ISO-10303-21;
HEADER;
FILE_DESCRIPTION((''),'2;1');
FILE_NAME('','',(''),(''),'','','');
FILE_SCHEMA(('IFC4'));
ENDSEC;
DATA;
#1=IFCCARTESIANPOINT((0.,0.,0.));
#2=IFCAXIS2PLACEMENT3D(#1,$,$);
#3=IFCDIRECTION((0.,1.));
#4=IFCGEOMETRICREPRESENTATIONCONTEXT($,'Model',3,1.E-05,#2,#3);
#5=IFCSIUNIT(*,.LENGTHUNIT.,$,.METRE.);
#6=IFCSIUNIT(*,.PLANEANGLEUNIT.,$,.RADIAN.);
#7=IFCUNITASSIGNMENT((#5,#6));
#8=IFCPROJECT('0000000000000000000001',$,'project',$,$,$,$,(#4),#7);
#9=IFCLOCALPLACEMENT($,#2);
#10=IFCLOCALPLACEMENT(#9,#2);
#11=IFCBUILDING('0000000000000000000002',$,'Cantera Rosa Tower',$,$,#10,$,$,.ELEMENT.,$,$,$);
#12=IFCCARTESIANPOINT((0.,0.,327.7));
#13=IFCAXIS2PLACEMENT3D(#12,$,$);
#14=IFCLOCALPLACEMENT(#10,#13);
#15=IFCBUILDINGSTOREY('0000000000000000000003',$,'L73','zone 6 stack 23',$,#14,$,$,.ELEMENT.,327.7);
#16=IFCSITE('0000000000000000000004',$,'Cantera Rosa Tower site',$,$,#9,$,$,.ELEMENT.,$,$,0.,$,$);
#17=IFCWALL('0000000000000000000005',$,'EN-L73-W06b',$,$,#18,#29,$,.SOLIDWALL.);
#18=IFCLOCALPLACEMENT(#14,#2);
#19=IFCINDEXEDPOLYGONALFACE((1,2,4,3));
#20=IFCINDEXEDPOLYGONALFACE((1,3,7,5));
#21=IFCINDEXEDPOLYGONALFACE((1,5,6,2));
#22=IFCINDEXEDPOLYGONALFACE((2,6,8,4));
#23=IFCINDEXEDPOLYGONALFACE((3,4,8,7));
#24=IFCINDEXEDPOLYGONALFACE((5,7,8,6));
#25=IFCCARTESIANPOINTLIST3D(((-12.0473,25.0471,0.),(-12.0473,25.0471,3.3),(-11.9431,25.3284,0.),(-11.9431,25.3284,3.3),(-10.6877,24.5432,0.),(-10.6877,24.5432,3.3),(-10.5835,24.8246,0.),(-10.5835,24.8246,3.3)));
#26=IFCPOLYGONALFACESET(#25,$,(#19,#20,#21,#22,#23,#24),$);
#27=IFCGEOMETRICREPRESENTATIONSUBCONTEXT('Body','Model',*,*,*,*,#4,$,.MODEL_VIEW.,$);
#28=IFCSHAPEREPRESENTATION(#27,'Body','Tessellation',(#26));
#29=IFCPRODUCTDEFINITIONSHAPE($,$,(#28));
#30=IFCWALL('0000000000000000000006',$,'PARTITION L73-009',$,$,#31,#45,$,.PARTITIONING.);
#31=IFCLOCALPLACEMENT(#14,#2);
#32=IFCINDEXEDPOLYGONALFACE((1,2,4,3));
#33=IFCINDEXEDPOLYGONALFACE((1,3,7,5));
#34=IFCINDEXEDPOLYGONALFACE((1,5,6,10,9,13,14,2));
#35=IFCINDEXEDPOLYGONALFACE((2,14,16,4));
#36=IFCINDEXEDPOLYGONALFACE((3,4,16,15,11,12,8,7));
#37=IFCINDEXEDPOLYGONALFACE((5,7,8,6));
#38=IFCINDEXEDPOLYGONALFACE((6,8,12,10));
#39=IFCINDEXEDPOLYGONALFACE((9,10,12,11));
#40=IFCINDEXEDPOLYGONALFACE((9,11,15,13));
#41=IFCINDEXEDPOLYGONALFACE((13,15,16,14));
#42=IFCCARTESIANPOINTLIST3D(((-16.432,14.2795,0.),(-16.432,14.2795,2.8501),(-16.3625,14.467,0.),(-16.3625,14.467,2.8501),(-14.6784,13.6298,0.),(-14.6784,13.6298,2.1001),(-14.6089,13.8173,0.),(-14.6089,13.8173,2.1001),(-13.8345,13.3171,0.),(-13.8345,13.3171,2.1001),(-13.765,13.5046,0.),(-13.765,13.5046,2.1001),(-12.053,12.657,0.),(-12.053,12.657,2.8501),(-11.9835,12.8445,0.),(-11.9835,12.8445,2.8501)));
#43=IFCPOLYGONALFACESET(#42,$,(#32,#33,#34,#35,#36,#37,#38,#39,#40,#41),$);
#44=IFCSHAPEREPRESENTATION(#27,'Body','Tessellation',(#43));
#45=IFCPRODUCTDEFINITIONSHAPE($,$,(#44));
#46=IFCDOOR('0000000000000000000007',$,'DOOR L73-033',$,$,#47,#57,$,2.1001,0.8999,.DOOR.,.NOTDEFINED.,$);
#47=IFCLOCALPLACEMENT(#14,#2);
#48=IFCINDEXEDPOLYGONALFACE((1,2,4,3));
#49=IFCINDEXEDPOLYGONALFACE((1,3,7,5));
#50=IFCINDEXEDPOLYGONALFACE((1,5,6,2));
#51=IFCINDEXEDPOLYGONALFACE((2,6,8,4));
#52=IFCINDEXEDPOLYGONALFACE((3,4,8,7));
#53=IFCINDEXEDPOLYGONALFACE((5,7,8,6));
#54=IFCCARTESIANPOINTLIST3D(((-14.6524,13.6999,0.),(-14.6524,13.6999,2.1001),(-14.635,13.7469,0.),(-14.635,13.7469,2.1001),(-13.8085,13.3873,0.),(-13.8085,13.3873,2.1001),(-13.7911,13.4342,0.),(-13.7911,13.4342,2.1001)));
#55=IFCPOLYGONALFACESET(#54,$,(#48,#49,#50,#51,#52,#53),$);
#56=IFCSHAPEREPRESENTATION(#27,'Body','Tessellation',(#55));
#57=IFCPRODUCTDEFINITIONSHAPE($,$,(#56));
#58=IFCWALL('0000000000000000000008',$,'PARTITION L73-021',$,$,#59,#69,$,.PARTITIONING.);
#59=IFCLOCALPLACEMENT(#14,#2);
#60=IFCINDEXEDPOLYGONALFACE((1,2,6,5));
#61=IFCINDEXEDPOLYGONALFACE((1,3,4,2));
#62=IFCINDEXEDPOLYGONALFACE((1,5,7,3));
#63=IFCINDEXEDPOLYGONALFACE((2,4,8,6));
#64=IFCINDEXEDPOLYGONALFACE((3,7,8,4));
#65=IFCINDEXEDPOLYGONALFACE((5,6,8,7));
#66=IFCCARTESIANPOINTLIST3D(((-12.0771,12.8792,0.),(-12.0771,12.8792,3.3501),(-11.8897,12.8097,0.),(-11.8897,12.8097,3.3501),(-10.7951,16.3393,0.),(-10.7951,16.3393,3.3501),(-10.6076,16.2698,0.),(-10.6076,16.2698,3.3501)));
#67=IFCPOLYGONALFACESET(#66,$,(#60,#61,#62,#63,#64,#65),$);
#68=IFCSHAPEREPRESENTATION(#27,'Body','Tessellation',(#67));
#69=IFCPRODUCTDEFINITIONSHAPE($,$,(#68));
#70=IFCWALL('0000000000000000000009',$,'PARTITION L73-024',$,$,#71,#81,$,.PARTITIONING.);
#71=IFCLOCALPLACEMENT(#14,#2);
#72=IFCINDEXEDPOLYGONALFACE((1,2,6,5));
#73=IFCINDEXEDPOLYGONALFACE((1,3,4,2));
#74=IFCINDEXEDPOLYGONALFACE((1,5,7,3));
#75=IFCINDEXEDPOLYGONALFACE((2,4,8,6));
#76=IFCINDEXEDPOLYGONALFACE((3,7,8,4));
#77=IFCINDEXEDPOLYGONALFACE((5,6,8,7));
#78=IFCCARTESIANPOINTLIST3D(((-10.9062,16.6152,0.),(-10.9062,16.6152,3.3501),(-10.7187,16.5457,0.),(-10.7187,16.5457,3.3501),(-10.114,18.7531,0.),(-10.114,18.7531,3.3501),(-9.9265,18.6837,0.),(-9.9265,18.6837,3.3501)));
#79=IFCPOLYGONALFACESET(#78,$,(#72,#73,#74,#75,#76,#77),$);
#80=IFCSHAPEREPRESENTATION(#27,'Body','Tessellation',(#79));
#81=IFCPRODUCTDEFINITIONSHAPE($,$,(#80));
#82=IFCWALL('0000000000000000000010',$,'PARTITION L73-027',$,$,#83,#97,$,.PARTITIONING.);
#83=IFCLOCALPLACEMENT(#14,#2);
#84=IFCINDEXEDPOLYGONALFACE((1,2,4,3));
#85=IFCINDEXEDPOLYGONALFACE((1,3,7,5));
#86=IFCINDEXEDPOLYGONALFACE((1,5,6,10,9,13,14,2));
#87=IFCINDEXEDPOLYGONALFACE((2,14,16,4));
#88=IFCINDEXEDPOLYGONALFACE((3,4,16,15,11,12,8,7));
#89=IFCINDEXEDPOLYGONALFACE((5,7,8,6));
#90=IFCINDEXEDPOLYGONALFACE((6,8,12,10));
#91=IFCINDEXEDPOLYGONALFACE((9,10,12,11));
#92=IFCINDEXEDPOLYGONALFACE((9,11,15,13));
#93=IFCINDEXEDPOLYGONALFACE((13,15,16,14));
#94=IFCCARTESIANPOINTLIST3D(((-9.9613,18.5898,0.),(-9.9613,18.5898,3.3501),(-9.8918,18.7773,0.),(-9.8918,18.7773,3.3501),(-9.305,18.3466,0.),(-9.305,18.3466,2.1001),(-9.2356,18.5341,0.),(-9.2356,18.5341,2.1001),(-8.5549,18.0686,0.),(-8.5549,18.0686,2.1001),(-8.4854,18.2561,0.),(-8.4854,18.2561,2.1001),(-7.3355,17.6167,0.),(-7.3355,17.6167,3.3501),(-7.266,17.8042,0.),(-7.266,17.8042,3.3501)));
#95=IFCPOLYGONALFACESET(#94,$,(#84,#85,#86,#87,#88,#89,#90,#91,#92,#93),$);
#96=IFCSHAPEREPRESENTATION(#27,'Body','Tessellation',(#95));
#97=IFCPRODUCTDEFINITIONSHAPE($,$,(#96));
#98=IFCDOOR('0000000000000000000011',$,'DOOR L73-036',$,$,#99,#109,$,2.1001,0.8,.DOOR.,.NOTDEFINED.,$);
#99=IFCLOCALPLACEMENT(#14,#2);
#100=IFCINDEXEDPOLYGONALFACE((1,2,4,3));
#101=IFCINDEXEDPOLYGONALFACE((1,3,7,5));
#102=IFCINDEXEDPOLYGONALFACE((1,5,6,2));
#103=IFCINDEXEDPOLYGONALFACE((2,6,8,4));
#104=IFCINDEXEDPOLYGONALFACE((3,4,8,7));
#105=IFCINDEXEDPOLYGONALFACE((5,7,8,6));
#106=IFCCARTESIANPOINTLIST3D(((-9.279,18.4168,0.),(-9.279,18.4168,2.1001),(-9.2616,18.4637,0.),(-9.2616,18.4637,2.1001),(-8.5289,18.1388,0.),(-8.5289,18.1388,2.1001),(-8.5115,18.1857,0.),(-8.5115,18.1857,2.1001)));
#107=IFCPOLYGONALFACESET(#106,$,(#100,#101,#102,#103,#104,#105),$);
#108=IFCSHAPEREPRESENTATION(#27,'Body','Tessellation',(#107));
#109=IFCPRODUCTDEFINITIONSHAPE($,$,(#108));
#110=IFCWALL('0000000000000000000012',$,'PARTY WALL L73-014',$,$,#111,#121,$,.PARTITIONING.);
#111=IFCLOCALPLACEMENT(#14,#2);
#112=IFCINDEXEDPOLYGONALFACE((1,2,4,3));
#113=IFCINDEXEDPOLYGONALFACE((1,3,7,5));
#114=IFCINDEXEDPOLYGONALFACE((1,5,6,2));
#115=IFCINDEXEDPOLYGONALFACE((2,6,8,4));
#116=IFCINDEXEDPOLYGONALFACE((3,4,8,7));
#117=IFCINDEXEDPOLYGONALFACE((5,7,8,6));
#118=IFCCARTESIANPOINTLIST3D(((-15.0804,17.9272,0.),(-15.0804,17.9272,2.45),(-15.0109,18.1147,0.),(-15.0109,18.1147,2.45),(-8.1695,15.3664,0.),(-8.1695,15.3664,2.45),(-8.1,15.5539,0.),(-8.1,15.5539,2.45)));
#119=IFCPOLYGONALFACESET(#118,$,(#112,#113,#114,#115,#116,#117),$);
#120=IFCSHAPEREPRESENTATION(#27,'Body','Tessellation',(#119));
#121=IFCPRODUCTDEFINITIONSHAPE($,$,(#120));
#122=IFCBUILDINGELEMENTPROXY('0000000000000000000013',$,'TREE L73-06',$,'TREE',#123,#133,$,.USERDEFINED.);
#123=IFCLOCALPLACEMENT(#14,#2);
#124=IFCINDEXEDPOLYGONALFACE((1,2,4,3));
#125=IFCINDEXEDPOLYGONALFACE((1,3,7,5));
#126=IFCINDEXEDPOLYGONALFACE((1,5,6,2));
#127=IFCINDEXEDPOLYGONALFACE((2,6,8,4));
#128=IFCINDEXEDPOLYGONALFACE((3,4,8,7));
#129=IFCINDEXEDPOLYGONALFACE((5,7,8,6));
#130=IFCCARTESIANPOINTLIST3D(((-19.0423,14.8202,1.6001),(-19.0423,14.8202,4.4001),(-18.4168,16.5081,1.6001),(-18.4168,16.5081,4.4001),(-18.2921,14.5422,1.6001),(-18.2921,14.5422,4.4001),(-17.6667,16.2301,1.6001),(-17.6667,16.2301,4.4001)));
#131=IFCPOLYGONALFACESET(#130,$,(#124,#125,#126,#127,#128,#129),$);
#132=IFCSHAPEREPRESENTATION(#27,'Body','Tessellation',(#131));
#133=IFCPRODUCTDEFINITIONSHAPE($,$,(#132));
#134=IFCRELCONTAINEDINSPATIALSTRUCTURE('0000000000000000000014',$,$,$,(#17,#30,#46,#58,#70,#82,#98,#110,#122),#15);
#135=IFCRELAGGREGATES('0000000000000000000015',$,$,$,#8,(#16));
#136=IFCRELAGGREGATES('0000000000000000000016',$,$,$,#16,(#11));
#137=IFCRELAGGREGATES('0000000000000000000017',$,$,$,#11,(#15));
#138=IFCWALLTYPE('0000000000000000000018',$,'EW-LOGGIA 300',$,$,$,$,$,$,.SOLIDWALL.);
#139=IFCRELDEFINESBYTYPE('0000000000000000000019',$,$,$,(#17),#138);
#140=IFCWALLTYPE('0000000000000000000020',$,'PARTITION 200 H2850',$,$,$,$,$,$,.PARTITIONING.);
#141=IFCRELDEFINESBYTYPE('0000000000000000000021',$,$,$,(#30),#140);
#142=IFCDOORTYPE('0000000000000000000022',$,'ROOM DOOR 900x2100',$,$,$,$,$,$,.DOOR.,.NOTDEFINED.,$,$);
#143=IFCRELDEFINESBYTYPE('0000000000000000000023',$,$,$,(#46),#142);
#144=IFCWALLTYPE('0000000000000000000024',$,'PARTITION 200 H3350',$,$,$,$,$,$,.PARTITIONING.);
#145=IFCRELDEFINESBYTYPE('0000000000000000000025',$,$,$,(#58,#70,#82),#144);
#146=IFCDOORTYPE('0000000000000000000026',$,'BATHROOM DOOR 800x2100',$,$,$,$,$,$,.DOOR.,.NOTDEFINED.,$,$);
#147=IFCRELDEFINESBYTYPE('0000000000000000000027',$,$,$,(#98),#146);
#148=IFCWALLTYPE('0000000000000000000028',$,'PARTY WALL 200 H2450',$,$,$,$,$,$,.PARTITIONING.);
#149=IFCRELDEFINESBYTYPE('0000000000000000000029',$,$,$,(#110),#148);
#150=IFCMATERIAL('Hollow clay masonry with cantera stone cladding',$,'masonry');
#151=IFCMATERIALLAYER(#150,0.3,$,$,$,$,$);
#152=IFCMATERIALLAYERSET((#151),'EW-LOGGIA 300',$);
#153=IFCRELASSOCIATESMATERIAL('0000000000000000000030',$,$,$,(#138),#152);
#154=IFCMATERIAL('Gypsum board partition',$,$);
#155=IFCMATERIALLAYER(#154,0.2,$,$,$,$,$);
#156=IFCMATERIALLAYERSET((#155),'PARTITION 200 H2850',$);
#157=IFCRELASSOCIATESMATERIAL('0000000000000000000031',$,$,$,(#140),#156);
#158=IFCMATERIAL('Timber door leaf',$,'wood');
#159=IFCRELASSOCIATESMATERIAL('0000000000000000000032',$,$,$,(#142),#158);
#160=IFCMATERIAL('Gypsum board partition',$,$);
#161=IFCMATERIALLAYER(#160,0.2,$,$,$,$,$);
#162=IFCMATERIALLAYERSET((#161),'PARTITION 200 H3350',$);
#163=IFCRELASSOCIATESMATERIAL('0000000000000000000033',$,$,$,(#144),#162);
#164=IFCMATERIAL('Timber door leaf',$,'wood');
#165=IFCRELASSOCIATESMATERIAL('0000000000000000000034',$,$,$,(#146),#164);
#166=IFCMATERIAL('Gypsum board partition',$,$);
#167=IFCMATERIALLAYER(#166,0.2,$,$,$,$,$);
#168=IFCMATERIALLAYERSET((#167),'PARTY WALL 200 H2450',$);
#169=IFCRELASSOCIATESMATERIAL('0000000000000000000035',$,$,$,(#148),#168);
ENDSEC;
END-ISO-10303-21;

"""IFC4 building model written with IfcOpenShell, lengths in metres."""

from ifc_helpers import new_model, si_unit, direction, frame, frame_2d, origin, origin_2d, place, context, subcontext, project, spatial, rectangle, extrude, material, layer, layer_set, type_object, element, fill, save


model = new_model("IFC4")

# Units and contexts
model_context = context("Model", 3, precision=1e-05, world=origin(), true_north=direction((0.0, 1.0)))
body_context = subcontext(model_context, "Body", "Model", "MODEL_VIEW")
ifc_project = project(units=[si_unit("LENGTHUNIT", "METRE"), si_unit("PLANEANGLEUNIT", "RADIAN")], contexts=[model_context])

# Site, building, storey
site_placement = place(None, origin())
site = spatial("IfcSite", under=ifc_project, at=site_placement, Name="Cantera Rosa Tower site", CompositionType="ELEMENT", RefElevation=0.0)
building_placement = place(site_placement, origin())
building = spatial("IfcBuilding", under=site, at=building_placement, Name="Cantera Rosa Tower", CompositionType="ELEMENT")
storey_placement = place(building_placement, frame((0.0, 0.0, 327.7)))
storey = spatial("IfcBuildingStorey", under=building, at=storey_placement, Name="L73", Description="zone 6 stack 23", CompositionType="ELEMENT", Elevation=327.7)

# Wall
ifc_material_1 = material(Name="Hollow clay masonry with cantera stone cladding", Category="masonry")
ifc_layer_1 = layer(ifc_material_1, 0.3)
ifc_layer_set_1 = layer_set([ifc_layer_1], Name="EW-LOGGIA 300")
wall_type_1 = type_object("IfcWallType", Name="EW-LOGGIA 300", PredefinedType="SOLIDWALL", material=ifc_layer_set_1)
wall_1_placement = place(storey_placement, frame((-10.6355, 24.6838, 0.0), z_axis=(0.0, 0.0, 1.0), x_axis=(-0.937672, 0.347523, 0.0)))
element("IfcWall", 1, at=wall_1_placement, inside=storey, type_object=wall_type_1, Name="EN-L73-W06b", PredefinedType="SOLIDWALL", context=body_context, shape_type="SweptSolid", body=[
    extrude(rectangle(XDim=1.45, YDim=0.3, at=frame_2d((0.7251, 0.0))), origin(), (0.0, 0.0, 1.0), 3.3),
])

# Wall, opening, door
ifc_material_2 = material(Name="Gypsum board partition")
ifc_layer_2 = layer(ifc_material_2, 0.2)
ifc_layer_set_2 = layer_set([ifc_layer_2], Name="PARTITION 200 H2850")
wall_type_2 = type_object("IfcWallType", Name="PARTITION 200 H2850", PredefinedType="PARTITIONING", material=ifc_layer_set_2)
wall_2_placement = place(storey_placement, frame((-16.3972, 14.3733, 0.0), z_axis=(0.0, 0.0, 1.0), x_axis=(0.937697, -0.347454, 0.0)))
wall_2 = element("IfcWall", 2, at=wall_2_placement, inside=storey, type_object=wall_type_2, Name="PARTITION L73-009", PredefinedType="PARTITIONING", context=body_context, shape_type="SweptSolid", body=[
    extrude(rectangle(XDim=4.6699, YDim=0.2, at=frame_2d((2.335, 0.0))), origin(), (0.0, 0.0, 1.0), 2.8501),
])
opening_1_placement = place(wall_2_placement, frame((1.8701, 0.0, 0.0)))
opening_1 = element("IfcOpeningElement", 3, at=opening_1_placement, cuts=wall_2, PredefinedType="OPENING", context=body_context, shape_type="SweptSolid", body=[
    extrude(rectangle(XDim=0.8999, YDim=2.1001, at=frame_2d((0.45, 1.05))), frame((0.0, 0.1099, 0.0), z_axis=(0.0, -1.0, 0.0), x_axis=(1.0, 0.0, 0.0)), (0.0, 0.0, 1.0), 0.22),
])
ifc_material_3 = material(Name="Timber door leaf", Category="wood")
door_type_1 = type_object("IfcDoorType", Name="ROOM DOOR 900x2100", OperationType="NOTDEFINED", PredefinedType="DOOR", material=ifc_material_3)
door_1_placement = place(opening_1_placement, origin())
door_1 = element("IfcDoor", 4, at=door_1_placement, inside=storey, type_object=door_type_1, Name="DOOR L73-033", OperationType="NOTDEFINED", OverallHeight=2.1001, OverallWidth=0.8999, PredefinedType="DOOR", context=body_context, shape_type="SweptSolid", body=[
    extrude(rectangle(XDim=0.8999, YDim=2.1001, at=frame_2d((0.45, 1.05))), frame((0.0, 0.0249, 0.0), z_axis=(0.0, -1.0, 0.0), x_axis=(1.0, 0.0, 0.0)), (0.0, 0.0, 1.0), 0.05),
])
fill(opening_1, door_1)

# Walls
ifc_material_4 = material(Name="Gypsum board partition")
ifc_layer_3 = layer(ifc_material_4, 0.2)
ifc_layer_set_3 = layer_set([ifc_layer_3], Name="PARTITION 200 H3350")
wall_type_3 = type_object("IfcWallType", Name="PARTITION 200 H3350", PredefinedType="PARTITIONING", material=ifc_layer_set_3)
wall_3_placement = place(storey_placement, frame((-11.9834, 12.8445, 0.0), z_axis=(0.0, 0.0, 1.0), x_axis=(0.347437, 0.937703, 0.0)))
element("IfcWall", 5, at=wall_3_placement, inside=storey, type_object=wall_type_3, Name="PARTITION L73-021", PredefinedType="PARTITIONING", context=body_context, shape_type="SweptSolid", body=[
    extrude(rectangle(XDim=3.6899, YDim=0.2, at=frame_2d((1.845, 0.0))), origin(), (0.0, 0.0, 1.0), 3.3501),
])
wall_4_placement = place(storey_placement, frame((-10.8125, 16.5803, 0.0), z_axis=(0.0, 0.0, 1.0), x_axis=(0.347471, 0.937691, 0.0)))
element("IfcWall", 6, at=wall_4_placement, inside=storey, type_object=wall_type_3, Name="PARTITION L73-024", PredefinedType="PARTITIONING", context=body_context, shape_type="SweptSolid", body=[
    extrude(rectangle(XDim=2.28, YDim=0.2, at=frame_2d((1.1401, 0.0))), origin(), (0.0, 0.0, 1.0), 3.3501),
])

# Wall, opening, door
wall_5_placement = place(storey_placement, frame((-9.9265, 18.6836, 0.0), z_axis=(0.0, 0.0, 1.0), x_axis=(0.937673, -0.347519, 0.0)))
wall_5 = element("IfcWall", 7, at=wall_5_placement, inside=storey, type_object=wall_type_3, Name="PARTITION L73-027", PredefinedType="PARTITIONING", context=body_context, shape_type="SweptSolid", body=[
    extrude(rectangle(XDim=2.8003, YDim=0.2, at=frame_2d((1.4001, 0.0))), origin(), (0.0, 0.0, 1.0), 3.3501),
])
opening_2_placement = place(wall_5_placement, frame((0.7, 0.0, 0.0)))
opening_2 = element("IfcOpeningElement", 8, at=opening_2_placement, cuts=wall_5, PredefinedType="OPENING", context=body_context, shape_type="SweptSolid", body=[
    extrude(rectangle(XDim=0.8, YDim=2.1001, at=frame_2d((0.3999, 1.05))), frame((0.0, 0.1099, 0.0), z_axis=(0.0, -1.0, 0.0), x_axis=(1.0, 0.0, 0.0)), (0.0, 0.0, 1.0), 0.22),
])
ifc_material_5 = material(Name="Timber door leaf", Category="wood")
door_type_2 = type_object("IfcDoorType", Name="BATHROOM DOOR 800x2100", OperationType="NOTDEFINED", PredefinedType="DOOR", material=ifc_material_5)
door_2_placement = place(opening_2_placement, origin())
door_2 = element("IfcDoor", 9, at=door_2_placement, inside=storey, type_object=door_type_2, Name="DOOR L73-036", OperationType="NOTDEFINED", OverallHeight=2.1001, OverallWidth=0.8, PredefinedType="DOOR", context=body_context, shape_type="SweptSolid", body=[
    extrude(rectangle(XDim=0.8, YDim=2.1001, at=frame_2d((0.3999, 1.05))), frame((0.0, 0.0249, 0.0), z_axis=(0.0, -1.0, 0.0), x_axis=(1.0, 0.0, 0.0)), (0.0, 0.0, 1.0), 0.05),
])
fill(opening_2, door_2)

# Wall
ifc_material_6 = material(Name="Gypsum board partition")
ifc_layer_4 = layer(ifc_material_6, 0.2)
ifc_layer_set_4 = layer_set([ifc_layer_4], Name="PARTY WALL 200 H2450")
wall_type_4 = type_object("IfcWallType", Name="PARTY WALL 200 H2450", PredefinedType="PARTITIONING", material=ifc_layer_set_4)
wall_6_placement = place(storey_placement, frame((-15.0457, 18.021, 0.0), z_axis=(0.0, 0.0, 1.0), x_axis=(0.937696, -0.347458, 0.0)))
element("IfcWall", 10, at=wall_6_placement, inside=storey, type_object=wall_type_4, Name="PARTY WALL L73-014", PredefinedType="PARTITIONING", context=body_context, shape_type="SweptSolid", body=[
    extrude(rectangle(XDim=7.3701, YDim=0.2, at=frame_2d((3.6851, 0.0))), origin(), (0.0, 0.0, 1.0), 2.45),
])

# Building element proxy
proxy_placement = place(storey_placement, frame((-18.3545, 15.5251, 1.6001), z_axis=(0.0, 0.0, 1.0), x_axis=(-0.347481, -0.937687, 0.0)))
element("IfcBuildingElementProxy", 11, at=proxy_placement, inside=storey, Name="TREE L73-06", ObjectType="TREE", PredefinedType="USERDEFINED", context=body_context, shape_type="SweptSolid", body=[
    extrude(rectangle(XDim=1.8, YDim=0.8, at=origin_2d()), origin(), (0.0, 0.0, 1.0), 2.8),
])

save(model, "model.ifc")
